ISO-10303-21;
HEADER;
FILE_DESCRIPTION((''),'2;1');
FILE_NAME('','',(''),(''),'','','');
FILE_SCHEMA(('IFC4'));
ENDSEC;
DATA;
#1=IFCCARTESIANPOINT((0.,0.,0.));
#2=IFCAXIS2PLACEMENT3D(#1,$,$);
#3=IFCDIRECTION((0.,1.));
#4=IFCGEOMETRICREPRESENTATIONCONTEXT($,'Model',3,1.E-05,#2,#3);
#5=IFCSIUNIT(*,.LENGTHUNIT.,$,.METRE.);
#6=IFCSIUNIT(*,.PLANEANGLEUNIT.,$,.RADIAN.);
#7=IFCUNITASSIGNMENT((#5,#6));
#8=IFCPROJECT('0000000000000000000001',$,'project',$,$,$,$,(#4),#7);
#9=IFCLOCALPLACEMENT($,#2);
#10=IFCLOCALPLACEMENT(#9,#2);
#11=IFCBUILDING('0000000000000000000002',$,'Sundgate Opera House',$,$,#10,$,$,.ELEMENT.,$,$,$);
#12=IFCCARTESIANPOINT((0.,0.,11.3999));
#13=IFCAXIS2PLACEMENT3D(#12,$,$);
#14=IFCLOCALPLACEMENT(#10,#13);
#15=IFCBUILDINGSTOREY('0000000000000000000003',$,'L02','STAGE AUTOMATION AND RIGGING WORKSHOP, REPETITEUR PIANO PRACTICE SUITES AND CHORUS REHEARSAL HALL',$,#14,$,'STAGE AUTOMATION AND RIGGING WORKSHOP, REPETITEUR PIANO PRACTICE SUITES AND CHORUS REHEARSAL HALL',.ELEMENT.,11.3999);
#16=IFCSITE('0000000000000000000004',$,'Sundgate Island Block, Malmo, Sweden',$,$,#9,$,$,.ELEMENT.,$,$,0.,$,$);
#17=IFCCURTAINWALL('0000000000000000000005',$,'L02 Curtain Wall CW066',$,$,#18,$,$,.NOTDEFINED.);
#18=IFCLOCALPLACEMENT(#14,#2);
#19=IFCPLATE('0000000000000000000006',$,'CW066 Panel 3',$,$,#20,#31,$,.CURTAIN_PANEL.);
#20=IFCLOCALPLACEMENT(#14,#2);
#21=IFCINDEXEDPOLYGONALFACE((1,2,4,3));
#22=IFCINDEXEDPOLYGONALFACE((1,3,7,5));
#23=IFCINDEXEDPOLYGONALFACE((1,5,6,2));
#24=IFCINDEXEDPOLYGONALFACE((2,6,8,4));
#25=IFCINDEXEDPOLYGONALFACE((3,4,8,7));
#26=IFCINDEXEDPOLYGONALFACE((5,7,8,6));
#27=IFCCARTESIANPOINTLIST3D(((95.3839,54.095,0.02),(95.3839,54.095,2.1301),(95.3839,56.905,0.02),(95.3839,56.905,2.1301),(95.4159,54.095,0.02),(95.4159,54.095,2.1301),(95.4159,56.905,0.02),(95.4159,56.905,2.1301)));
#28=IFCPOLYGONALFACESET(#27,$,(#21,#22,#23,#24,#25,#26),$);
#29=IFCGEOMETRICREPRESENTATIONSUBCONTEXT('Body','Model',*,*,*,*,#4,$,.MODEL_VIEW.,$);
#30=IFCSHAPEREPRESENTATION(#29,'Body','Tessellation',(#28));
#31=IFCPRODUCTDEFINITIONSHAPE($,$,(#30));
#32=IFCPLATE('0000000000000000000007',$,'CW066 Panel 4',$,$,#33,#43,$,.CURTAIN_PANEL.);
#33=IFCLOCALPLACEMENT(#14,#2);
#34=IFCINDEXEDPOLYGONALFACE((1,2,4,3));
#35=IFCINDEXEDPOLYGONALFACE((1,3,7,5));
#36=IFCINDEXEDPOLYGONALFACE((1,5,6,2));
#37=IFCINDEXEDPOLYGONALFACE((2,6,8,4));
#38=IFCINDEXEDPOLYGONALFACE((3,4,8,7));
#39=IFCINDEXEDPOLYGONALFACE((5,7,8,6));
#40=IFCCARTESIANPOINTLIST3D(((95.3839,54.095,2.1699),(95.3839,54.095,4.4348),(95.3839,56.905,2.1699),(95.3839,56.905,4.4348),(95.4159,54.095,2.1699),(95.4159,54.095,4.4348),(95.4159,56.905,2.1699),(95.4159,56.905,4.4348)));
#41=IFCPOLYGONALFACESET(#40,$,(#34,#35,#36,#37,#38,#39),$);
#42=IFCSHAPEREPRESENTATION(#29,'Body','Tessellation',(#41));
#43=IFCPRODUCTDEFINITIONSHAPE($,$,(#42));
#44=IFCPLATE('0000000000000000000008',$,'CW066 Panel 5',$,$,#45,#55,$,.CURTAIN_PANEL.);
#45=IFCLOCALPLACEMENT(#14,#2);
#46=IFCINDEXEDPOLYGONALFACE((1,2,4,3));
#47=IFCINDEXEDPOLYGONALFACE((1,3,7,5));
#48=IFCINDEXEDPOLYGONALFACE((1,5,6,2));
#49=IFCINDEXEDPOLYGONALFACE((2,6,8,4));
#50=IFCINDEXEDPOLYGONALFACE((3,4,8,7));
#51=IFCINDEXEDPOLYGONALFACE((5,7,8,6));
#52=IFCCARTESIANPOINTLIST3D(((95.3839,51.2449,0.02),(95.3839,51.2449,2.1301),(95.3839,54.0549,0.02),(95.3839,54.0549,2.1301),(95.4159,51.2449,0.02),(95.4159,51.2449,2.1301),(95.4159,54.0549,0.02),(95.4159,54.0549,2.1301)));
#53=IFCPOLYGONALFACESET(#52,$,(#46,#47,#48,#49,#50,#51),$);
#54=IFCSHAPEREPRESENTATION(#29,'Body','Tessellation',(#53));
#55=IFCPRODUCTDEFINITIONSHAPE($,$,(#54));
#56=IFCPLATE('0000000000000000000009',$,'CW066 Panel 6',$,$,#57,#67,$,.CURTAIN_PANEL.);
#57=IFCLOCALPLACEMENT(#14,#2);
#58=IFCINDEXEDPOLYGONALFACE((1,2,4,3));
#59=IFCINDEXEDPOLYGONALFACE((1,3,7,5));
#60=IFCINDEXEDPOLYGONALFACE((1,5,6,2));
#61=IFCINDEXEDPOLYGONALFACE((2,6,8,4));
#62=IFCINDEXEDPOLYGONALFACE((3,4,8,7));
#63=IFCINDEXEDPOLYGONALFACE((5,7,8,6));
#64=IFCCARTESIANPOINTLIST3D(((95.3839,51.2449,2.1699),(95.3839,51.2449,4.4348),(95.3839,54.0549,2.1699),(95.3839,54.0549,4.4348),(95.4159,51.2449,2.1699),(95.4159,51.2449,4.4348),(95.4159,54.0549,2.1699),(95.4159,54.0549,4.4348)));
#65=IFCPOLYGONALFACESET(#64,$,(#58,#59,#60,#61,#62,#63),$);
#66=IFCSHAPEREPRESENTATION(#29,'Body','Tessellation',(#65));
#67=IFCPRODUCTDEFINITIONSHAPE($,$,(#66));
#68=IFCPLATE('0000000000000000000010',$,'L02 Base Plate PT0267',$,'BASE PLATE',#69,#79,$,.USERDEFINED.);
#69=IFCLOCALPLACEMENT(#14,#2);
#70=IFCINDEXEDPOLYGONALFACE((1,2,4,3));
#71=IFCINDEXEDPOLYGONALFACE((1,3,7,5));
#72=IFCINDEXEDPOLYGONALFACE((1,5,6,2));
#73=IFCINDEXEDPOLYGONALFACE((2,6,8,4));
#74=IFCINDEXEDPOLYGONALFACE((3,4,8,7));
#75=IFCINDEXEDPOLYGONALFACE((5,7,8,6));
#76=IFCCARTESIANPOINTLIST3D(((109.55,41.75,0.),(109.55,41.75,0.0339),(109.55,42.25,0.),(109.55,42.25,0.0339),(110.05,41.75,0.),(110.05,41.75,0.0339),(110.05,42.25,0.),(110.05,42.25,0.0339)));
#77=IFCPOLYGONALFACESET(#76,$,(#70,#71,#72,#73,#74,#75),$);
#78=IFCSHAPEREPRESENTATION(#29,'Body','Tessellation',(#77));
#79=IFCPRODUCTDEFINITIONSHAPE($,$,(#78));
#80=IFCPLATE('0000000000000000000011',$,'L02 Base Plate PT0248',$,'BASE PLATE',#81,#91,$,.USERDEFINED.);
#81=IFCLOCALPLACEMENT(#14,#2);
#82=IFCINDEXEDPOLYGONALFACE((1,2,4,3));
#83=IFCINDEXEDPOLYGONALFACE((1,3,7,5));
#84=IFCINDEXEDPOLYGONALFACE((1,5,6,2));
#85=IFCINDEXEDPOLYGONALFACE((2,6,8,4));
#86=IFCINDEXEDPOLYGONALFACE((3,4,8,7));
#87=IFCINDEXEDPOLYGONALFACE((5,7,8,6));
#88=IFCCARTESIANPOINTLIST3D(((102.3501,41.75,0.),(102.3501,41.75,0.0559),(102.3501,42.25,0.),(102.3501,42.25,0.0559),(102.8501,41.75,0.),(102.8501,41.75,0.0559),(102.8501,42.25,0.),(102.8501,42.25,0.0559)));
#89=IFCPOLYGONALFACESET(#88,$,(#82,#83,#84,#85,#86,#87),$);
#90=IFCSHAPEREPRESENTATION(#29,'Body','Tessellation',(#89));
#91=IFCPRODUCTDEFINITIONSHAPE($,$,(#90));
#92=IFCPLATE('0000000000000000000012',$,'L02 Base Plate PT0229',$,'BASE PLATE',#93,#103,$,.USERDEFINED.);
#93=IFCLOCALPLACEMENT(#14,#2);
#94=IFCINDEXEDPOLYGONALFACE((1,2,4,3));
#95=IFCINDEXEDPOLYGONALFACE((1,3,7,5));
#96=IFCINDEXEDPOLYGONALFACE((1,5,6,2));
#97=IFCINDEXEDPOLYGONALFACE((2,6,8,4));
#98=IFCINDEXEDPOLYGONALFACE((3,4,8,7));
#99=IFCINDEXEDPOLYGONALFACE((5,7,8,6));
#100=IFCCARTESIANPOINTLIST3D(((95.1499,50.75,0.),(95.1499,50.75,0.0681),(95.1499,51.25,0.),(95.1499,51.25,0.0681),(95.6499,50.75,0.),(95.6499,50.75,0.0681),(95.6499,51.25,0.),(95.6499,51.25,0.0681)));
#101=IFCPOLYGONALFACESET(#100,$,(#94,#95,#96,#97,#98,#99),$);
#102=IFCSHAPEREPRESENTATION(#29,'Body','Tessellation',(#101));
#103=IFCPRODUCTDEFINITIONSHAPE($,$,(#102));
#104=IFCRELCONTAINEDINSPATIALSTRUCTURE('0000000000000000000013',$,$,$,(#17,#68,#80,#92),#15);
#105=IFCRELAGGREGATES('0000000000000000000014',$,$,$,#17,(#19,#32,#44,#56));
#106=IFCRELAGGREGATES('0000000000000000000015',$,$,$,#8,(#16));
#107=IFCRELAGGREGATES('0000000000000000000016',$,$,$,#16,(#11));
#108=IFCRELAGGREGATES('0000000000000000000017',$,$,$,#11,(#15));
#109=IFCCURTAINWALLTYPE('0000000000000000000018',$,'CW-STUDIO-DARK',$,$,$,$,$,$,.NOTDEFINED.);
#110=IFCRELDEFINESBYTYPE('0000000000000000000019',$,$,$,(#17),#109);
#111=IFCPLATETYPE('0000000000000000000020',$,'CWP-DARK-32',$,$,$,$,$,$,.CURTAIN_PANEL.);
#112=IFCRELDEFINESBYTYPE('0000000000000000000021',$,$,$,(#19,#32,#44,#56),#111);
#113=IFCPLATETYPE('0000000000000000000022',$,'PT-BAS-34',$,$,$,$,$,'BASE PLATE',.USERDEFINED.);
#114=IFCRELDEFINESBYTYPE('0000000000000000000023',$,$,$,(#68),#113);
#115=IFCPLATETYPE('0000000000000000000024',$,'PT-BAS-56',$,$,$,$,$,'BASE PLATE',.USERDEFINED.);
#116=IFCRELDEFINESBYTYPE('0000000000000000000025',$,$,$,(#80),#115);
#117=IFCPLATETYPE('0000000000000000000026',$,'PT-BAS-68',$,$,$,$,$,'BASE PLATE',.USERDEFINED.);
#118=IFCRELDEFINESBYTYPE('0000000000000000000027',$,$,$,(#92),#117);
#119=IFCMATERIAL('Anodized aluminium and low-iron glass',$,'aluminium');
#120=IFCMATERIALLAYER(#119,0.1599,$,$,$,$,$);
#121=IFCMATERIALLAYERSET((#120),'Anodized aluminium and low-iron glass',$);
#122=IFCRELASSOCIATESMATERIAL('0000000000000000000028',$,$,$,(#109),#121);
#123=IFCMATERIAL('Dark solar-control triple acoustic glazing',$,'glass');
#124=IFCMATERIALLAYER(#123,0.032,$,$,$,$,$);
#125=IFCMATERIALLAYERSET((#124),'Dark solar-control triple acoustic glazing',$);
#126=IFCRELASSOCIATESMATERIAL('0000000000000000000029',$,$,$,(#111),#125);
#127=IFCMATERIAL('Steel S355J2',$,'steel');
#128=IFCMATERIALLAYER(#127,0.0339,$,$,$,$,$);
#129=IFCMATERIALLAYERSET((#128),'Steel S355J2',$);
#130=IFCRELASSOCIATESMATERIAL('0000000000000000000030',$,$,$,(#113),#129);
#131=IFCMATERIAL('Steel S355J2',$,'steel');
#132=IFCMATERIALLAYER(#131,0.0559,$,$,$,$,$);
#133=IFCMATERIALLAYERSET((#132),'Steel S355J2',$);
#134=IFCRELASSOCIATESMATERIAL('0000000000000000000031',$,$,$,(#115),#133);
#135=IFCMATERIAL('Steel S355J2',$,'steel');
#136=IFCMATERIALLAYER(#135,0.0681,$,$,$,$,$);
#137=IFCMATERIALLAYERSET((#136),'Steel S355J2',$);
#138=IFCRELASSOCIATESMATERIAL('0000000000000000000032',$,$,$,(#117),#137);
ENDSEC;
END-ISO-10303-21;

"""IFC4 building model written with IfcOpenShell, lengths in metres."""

from ifc_helpers import new_model, si_unit, direction, frame, origin, origin_2d, place, context, subcontext, project, spatial, rectangle, extrude, material, layer, layer_set, type_object, element, aggregate, save


model = new_model("IFC4")

# Units and contexts
model_context = context("Model", 3, precision=1e-05, world=origin(), true_north=direction((0.0, 1.0)))
body_context = subcontext(model_context, "Body", "Model", "MODEL_VIEW")
ifc_project = project(units=[si_unit("LENGTHUNIT", "METRE"), si_unit("PLANEANGLEUNIT", "RADIAN")], contexts=[model_context])

# Site, building, storey
site_placement = place(None, origin())
site = spatial("IfcSite", under=ifc_project, at=site_placement, Name="Sundgate Island Block, Malmo, Sweden", CompositionType="ELEMENT", RefElevation=0.0)
building_placement = place(site_placement, origin())
building = spatial("IfcBuilding", under=site, at=building_placement, Name="Sundgate Opera House", CompositionType="ELEMENT")
storey_placement = place(building_placement, frame((0.0, 0.0, 11.3999)))
storey = spatial("IfcBuildingStorey", under=building, at=storey_placement, Name="L02", Description="STAGE AUTOMATION AND RIGGING WORKSHOP, REPETITEUR PIANO PRACTICE SUITES AND CHORUS REHEARSAL HALL", LongName="STAGE AUTOMATION AND RIGGING WORKSHOP, REPETITEUR PIANO PRACTICE SUITES AND CHORUS REHEARSAL HALL", CompositionType="ELEMENT", Elevation=11.3999)

# Shared definitions
ifc_material_1 = material(Name="Anodized aluminium and low-iron glass", Category="aluminium")
ifc_layer_1 = layer(ifc_material_1, 0.1599)
ifc_layer_set_1 = layer_set([ifc_layer_1], Name="Anodized aluminium and low-iron glass")
curtain_wall_type = type_object("IfcCurtainWallType", Name="CW-STUDIO-DARK", PredefinedType="NOTDEFINED", material=ifc_layer_set_1)

# Curtain wall
curtain_wall_1_placement = place(storey_placement, origin())
curtain_wall_1 = element("IfcCurtainWall", 1, at=curtain_wall_1_placement, inside=storey, type_object=curtain_wall_type, Name="L02 Curtain Wall CW066", PredefinedType="NOTDEFINED")

# Plates
ifc_material_2 = material(Name="Dark solar-control triple acoustic glazing", Category="glass")
ifc_layer_2 = layer(ifc_material_2, 0.032)
ifc_layer_set_2 = layer_set([ifc_layer_2], Name="Dark solar-control triple acoustic glazing")
plate_type_1 = type_object("IfcPlateType", Name="CWP-DARK-32", PredefinedType="CURTAIN_PANEL", material=ifc_layer_set_2)
plate_1_placement = place(storey_placement, frame((95.3999, 55.5, 0.02), z_axis=(0.0, 0.0, 1.0), x_axis=(0.0, -1.0, 0.0)))
plate_1 = element("IfcPlate", 2, at=plate_1_placement, type_object=plate_type_1, Name="CW066 Panel 3", PredefinedType="CURTAIN_PANEL", context=body_context, shape_type="SweptSolid", body=[
    extrude(rectangle(XDim=2.8101, YDim=0.032, at=origin_2d()), origin(), (0.0, 0.0, 1.0), 2.1101),
])
plate_2_placement = place(storey_placement, frame((95.3999, 55.5, 2.1699), z_axis=(0.0, 0.0, 1.0), x_axis=(0.0, -1.0, 0.0)))
plate_2 = element("IfcPlate", 3, at=plate_2_placement, type_object=plate_type_1, Name="CW066 Panel 4", PredefinedType="CURTAIN_PANEL", context=body_context, shape_type="SweptSolid", body=[
    extrude(rectangle(XDim=2.8101, YDim=0.032, at=origin_2d()), origin(), (0.0, 0.0, 1.0), 2.2649),
])
plate_3_placement = place(storey_placement, frame((95.3999, 52.6499, 0.02), z_axis=(0.0, 0.0, 1.0), x_axis=(0.0, -1.0, 0.0)))
plate_3 = element("IfcPlate", 4, at=plate_3_placement, type_object=plate_type_1, Name="CW066 Panel 5", PredefinedType="CURTAIN_PANEL", context=body_context, shape_type="SweptSolid", body=[
    extrude(rectangle(XDim=2.8101, YDim=0.032, at=origin_2d()), origin(), (0.0, 0.0, 1.0), 2.1101),
])
plate_4_placement = place(storey_placement, frame((95.3999, 52.6499, 2.1699), z_axis=(0.0, 0.0, 1.0), x_axis=(0.0, -1.0, 0.0)))
plate_4 = element("IfcPlate", 5, at=plate_4_placement, type_object=plate_type_1, Name="CW066 Panel 6", PredefinedType="CURTAIN_PANEL", context=body_context, shape_type="SweptSolid", body=[
    extrude(rectangle(XDim=2.8101, YDim=0.032, at=origin_2d()), origin(), (0.0, 0.0, 1.0), 2.2649),
])
aggregate(curtain_wall_1, [plate_1, plate_2, plate_3, plate_4])

# Plates
ifc_material_3 = material(Name="Steel S355J2", Category="steel")
ifc_layer_3 = layer(ifc_material_3, 0.0339)
ifc_layer_set_3 = layer_set([ifc_layer_3], Name="Steel S355J2")
plate_type_2 = type_object("IfcPlateType", Name="PT-BAS-34", ElementType="BASE PLATE", PredefinedType="USERDEFINED", material=ifc_layer_set_3)
plate_5_placement = place(storey_placement, frame((109.8, 42.0, 0.0), z_axis=(0.0, 0.0, 1.0), x_axis=(1.0, 0.0, 0.0)))
element("IfcPlate", 6, at=plate_5_placement, inside=storey, type_object=plate_type_2, Name="L02 Base Plate PT0267", ObjectType="BASE PLATE", PredefinedType="USERDEFINED", context=body_context, shape_type="SweptSolid", body=[
    extrude(rectangle(XDim=0.5, YDim=0.5, at=origin_2d()), origin(), (0.0, 0.0, 1.0), 0.0339),
])
ifc_material_4 = material(Name="Steel S355J2", Category="steel")
ifc_layer_4 = layer(ifc_material_4, 0.0559)
ifc_layer_set_4 = layer_set([ifc_layer_4], Name="Steel S355J2")
plate_type_3 = type_object("IfcPlateType", Name="PT-BAS-56", ElementType="BASE PLATE", PredefinedType="USERDEFINED", material=ifc_layer_set_4)
plate_6_placement = place(storey_placement, frame((102.6001, 42.0, 0.0), z_axis=(0.0, 0.0, 1.0), x_axis=(1.0, 0.0, 0.0)))
element("IfcPlate", 7, at=plate_6_placement, inside=storey, type_object=plate_type_3, Name="L02 Base Plate PT0248", ObjectType="BASE PLATE", PredefinedType="USERDEFINED", context=body_context, shape_type="SweptSolid", body=[
    extrude(rectangle(XDim=0.5, YDim=0.5, at=origin_2d()), origin(), (0.0, 0.0, 1.0), 0.0559),
])
ifc_material_5 = material(Name="Steel S355J2", Category="steel")
ifc_layer_5 = layer(ifc_material_5, 0.0681)
ifc_layer_set_5 = layer_set([ifc_layer_5], Name="Steel S355J2")
plate_type_4 = type_object("IfcPlateType", Name="PT-BAS-68", ElementType="BASE PLATE", PredefinedType="USERDEFINED", material=ifc_layer_set_5)
plate_7_placement = place(storey_placement, frame((95.3999, 51.0, 0.0), z_axis=(0.0, 0.0, 1.0), x_axis=(1.0, 0.0, 0.0)))
element("IfcPlate", 8, at=plate_7_placement, inside=storey, type_object=plate_type_4, Name="L02 Base Plate PT0229", ObjectType="BASE PLATE", PredefinedType="USERDEFINED", context=body_context, shape_type="SweptSolid", body=[
    extrude(rectangle(XDim=0.5, YDim=0.5, at=origin_2d()), origin(), (0.0, 0.0, 1.0), 0.0681),
])

save(model, "model.ifc")
